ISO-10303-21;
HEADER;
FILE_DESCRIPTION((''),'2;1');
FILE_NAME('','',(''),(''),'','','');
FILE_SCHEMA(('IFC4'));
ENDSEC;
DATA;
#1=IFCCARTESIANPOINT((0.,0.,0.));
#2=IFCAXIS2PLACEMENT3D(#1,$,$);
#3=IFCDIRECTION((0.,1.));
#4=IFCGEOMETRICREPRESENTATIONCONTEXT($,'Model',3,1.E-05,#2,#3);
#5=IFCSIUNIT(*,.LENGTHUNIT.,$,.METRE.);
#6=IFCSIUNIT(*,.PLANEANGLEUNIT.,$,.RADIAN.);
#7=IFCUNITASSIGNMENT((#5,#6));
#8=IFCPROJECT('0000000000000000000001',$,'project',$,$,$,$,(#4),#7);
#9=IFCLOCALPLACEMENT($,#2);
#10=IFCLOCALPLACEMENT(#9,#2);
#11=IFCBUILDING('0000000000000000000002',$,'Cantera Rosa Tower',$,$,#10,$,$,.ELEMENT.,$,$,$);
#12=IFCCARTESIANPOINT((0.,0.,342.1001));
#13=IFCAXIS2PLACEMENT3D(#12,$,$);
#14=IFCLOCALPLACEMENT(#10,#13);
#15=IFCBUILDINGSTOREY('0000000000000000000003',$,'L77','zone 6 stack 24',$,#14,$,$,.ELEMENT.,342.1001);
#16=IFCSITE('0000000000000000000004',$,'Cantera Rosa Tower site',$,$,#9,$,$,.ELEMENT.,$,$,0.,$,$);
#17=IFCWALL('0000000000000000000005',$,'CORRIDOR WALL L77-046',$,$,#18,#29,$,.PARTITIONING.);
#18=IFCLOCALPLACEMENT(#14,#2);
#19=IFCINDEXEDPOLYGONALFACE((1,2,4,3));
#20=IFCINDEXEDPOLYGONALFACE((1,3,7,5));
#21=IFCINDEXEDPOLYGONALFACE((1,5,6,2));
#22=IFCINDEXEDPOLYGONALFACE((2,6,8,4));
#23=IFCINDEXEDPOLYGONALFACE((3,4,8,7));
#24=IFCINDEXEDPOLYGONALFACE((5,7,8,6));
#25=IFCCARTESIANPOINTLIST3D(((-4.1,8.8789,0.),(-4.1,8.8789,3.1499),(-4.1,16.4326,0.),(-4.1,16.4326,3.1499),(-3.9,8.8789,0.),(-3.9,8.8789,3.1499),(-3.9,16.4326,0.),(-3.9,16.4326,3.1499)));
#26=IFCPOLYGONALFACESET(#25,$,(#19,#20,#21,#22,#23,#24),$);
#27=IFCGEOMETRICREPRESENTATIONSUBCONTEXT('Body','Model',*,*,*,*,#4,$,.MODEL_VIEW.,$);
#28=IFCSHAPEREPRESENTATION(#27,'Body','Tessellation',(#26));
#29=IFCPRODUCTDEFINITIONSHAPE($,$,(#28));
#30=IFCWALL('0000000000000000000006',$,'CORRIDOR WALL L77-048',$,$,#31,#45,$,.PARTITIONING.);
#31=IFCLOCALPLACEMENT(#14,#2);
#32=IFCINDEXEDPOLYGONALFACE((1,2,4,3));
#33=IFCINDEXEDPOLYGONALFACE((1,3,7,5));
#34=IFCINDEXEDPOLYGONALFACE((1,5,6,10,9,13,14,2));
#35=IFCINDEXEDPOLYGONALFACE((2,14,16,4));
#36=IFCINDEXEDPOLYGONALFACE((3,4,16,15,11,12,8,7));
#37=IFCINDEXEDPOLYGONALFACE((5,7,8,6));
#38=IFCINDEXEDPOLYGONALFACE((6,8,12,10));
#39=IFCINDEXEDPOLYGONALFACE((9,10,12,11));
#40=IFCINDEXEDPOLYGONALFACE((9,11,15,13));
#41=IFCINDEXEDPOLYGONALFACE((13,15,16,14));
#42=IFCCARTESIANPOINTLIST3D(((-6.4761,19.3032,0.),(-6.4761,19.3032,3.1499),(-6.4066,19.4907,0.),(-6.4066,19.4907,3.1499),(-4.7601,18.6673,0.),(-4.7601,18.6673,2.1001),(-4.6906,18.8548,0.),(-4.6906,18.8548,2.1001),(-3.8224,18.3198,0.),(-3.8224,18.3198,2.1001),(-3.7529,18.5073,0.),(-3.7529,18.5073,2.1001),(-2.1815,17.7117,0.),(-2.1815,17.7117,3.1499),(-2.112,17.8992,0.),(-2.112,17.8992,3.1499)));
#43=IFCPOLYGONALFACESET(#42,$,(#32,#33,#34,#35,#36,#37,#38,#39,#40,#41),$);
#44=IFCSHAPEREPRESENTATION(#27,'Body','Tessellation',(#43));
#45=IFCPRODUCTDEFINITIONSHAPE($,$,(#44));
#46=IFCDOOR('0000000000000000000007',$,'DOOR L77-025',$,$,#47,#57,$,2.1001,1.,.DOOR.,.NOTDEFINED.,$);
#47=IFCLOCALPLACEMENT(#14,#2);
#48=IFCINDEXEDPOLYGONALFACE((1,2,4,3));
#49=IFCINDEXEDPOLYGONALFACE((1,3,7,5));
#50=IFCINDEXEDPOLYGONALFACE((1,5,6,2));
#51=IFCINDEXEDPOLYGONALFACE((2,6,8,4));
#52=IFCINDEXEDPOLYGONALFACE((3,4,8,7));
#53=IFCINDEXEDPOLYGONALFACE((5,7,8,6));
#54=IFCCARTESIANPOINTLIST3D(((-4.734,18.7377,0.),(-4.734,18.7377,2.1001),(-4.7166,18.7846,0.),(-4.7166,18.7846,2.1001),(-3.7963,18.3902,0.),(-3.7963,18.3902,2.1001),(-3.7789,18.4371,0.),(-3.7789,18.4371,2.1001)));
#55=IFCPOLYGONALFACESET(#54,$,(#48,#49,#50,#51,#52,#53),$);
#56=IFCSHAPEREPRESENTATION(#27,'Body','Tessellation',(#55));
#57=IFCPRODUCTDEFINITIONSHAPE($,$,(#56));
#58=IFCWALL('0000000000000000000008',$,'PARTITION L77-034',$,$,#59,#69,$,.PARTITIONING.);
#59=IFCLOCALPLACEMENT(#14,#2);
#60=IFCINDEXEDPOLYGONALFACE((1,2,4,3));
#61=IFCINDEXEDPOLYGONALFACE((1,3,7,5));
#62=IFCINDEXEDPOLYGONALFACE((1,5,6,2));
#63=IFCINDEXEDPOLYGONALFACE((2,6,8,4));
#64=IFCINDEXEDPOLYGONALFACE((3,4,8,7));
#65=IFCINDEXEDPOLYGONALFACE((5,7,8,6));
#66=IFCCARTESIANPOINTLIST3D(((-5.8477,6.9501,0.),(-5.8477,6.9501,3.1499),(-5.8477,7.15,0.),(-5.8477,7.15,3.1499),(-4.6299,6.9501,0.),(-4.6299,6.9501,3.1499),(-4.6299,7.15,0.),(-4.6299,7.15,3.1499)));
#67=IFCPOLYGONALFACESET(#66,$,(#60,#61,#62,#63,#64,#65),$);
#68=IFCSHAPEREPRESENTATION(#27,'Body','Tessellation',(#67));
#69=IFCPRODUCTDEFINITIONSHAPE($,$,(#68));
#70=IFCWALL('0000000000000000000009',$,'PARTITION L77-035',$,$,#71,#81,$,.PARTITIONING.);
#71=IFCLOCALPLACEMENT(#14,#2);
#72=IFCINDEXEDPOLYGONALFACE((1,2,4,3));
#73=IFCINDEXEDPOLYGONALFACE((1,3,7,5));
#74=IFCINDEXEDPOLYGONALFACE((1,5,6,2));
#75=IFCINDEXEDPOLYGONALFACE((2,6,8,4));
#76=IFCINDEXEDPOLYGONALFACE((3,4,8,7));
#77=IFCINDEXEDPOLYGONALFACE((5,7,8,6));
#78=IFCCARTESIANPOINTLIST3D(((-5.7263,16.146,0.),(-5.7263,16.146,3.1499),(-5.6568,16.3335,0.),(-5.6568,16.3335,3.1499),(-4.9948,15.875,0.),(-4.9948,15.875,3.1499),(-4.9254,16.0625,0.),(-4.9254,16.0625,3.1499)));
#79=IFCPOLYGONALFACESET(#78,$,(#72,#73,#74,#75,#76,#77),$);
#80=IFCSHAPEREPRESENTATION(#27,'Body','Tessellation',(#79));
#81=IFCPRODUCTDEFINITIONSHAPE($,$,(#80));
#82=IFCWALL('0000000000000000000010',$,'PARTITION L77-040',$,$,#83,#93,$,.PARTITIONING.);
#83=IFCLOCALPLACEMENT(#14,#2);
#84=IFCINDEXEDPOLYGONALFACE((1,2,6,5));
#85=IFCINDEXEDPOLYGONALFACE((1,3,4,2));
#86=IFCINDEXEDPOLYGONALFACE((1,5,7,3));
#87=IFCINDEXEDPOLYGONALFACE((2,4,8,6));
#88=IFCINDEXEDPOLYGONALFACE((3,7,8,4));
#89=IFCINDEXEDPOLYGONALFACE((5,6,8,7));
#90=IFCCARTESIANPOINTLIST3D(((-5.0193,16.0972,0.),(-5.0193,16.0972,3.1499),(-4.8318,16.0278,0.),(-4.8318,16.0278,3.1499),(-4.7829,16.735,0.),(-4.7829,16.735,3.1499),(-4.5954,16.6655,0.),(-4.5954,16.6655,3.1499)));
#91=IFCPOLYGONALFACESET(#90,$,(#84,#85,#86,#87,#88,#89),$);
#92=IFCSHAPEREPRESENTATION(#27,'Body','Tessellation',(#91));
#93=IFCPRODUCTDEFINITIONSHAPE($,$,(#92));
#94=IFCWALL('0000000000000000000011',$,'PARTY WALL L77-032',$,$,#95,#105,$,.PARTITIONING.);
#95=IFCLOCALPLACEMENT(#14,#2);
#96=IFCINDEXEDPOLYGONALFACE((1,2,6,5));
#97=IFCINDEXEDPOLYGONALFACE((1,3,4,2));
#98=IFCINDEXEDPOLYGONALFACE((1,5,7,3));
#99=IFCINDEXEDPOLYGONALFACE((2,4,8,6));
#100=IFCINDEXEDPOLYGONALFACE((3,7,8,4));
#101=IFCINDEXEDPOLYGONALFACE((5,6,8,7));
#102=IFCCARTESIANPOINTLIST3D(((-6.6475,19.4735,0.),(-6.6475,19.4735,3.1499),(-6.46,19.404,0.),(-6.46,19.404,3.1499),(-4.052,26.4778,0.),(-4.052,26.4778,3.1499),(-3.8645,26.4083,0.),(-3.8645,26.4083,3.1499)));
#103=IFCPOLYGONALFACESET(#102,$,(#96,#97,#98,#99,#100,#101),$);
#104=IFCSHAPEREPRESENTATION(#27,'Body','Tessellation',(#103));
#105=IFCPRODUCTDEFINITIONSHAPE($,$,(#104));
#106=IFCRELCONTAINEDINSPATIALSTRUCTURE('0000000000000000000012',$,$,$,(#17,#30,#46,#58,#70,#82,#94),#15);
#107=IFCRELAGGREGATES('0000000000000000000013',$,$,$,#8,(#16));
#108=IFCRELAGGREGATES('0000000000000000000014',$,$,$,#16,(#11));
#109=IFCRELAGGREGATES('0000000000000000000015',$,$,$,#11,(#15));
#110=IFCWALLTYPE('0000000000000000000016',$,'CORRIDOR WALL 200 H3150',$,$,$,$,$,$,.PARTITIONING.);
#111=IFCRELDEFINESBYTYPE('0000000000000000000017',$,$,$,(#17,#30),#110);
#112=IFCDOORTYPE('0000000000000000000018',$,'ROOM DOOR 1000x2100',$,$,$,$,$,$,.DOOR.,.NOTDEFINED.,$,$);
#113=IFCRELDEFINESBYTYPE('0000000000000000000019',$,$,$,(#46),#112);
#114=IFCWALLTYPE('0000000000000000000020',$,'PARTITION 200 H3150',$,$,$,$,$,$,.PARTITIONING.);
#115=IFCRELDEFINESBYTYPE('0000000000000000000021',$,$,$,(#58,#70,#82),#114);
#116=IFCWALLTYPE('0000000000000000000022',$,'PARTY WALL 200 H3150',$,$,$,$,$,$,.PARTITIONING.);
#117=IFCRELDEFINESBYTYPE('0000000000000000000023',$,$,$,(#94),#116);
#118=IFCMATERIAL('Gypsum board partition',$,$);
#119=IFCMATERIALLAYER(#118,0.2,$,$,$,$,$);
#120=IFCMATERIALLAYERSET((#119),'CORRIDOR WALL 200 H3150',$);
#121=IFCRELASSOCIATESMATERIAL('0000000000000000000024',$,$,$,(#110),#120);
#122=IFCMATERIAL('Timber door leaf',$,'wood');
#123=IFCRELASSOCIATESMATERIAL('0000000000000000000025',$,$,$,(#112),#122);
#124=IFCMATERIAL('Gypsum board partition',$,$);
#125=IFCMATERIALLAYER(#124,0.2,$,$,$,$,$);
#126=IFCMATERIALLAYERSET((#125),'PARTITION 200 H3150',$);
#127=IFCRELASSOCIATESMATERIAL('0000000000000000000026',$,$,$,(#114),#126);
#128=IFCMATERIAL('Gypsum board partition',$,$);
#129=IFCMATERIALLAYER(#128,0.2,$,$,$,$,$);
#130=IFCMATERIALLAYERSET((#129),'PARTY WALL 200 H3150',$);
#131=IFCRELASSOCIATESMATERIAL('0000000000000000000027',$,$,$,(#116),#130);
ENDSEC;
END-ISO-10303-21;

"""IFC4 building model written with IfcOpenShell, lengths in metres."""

from ifc_helpers import new_model, si_unit, direction, frame, frame_2d, origin, place, context, subcontext, project, spatial, rectangle, extrude, material, layer, layer_set, type_object, element, fill, save


model = new_model("IFC4")

# Units and contexts
model_context = context("Model", 3, precision=1e-05, world=origin(), true_north=direction((0.0, 1.0)))
body_context = subcontext(model_context, "Body", "Model", "MODEL_VIEW")
ifc_project = project(units=[si_unit("LENGTHUNIT", "METRE"), si_unit("PLANEANGLEUNIT", "RADIAN")], contexts=[model_context])

# Site, building, storey
site_placement = place(None, origin())
site = spatial("IfcSite", under=ifc_project, at=site_placement, Name="Cantera Rosa Tower site", CompositionType="ELEMENT", RefElevation=0.0)
building_placement = place(site_placement, origin())
building = spatial("IfcBuilding", under=site, at=building_placement, Name="Cantera Rosa Tower", CompositionType="ELEMENT")
storey_placement = place(building_placement, frame((0.0, 0.0, 342.1001)))
storey = spatial("IfcBuildingStorey", under=building, at=storey_placement, Name="L77", Description="zone 6 stack 24", CompositionType="ELEMENT", Elevation=342.1001)

# Shared definitions
ifc_material_1 = material(Name="Gypsum board partition")
ifc_layer_1 = layer(ifc_material_1, 0.2)
ifc_layer_set_1 = layer_set([ifc_layer_1], Name="CORRIDOR WALL 200 H3150")
wall_type_1 = type_object("IfcWallType", Name="CORRIDOR WALL 200 H3150", PredefinedType="PARTITIONING", material=ifc_layer_set_1)
ifc_material_2 = material(Name="Timber door leaf", Category="wood")
door_type_1 = type_object("IfcDoorType", Name="ROOM DOOR 1000x2100", OperationType="NOTDEFINED", PredefinedType="DOOR", material=ifc_material_2)

# Wall
wall_1_placement = place(storey_placement, frame((-4.0, 16.4326, 0.0), z_axis=(0.0, 0.0, 1.0), x_axis=(0.0, -1.0, 0.0)))
element("IfcWall", 1, at=wall_1_placement, inside=storey, type_object=wall_type_1, Name="CORRIDOR WALL L77-046", PredefinedType="PARTITIONING", context=body_context, shape_type="SweptSolid", body=[
    extrude(rectangle(XDim=7.5537, YDim=0.2, at=frame_2d((3.7769, 0.0))), origin(), (0.0, 0.0, 1.0), 3.1499),
])

# Wall, opening, door
wall_2_placement = place(storey_placement, frame((-2.1467, 17.8054, 0.0), z_axis=(0.0, 0.0, 1.0), x_axis=(-0.937683, 0.347493, 0.0)))
wall_2 = element("IfcWall", 2, at=wall_2_placement, inside=storey, type_object=wall_type_1, Name="CORRIDOR WALL L77-048", PredefinedType="PARTITIONING", context=body_context, shape_type="SweptSolid", body=[
    extrude(rectangle(XDim=4.5801, YDim=0.2, at=frame_2d((2.29, 0.0))), origin(), (0.0, 0.0, 1.0), 3.1499),
])
opening_1_placement = place(wall_2_placement, frame((1.75, 0.0, 0.0)))
opening_1 = element("IfcOpeningElement", 3, at=opening_1_placement, cuts=wall_2, PredefinedType="OPENING", context=body_context, shape_type="SweptSolid", body=[
    extrude(rectangle(XDim=1.0, YDim=2.1001, at=frame_2d((0.5, 1.05))), frame((0.0, 0.1099, 0.0), z_axis=(0.0, -1.0, 0.0), x_axis=(1.0, 0.0, 0.0)), (0.0, 0.0, 1.0), 0.22),
])
door_1_placement = place(opening_1_placement, origin())
door_1 = element("IfcDoor", 4, at=door_1_placement, inside=storey, type_object=door_type_1, Name="DOOR L77-025", OperationType="NOTDEFINED", OverallHeight=2.1001, OverallWidth=1.0, PredefinedType="DOOR", context=body_context, shape_type="SweptSolid", body=[
    extrude(rectangle(XDim=1.0, YDim=2.1001, at=frame_2d((0.5, 1.05))), frame((0.0, 0.0249, 0.0), z_axis=(0.0, -1.0, 0.0), x_axis=(1.0, 0.0, 0.0)), (0.0, 0.0, 1.0), 0.05),
])
fill(opening_1, door_1)

# Walls
ifc_material_3 = material(Name="Gypsum board partition")
ifc_layer_2 = layer(ifc_material_3, 0.2)
ifc_layer_set_2 = layer_set([ifc_layer_2], Name="PARTITION 200 H3150")
wall_type_2 = type_object("IfcWallType", Name="PARTITION 200 H3150", PredefinedType="PARTITIONING", material=ifc_layer_set_2)
wall_3_placement = place(storey_placement, frame((-5.8477, 7.05, 0.0), z_axis=(0.0, 0.0, 1.0), x_axis=(1.0, 0.0, 0.0)))
element("IfcWall", 5, at=wall_3_placement, inside=storey, type_object=wall_type_2, Name="PARTITION L77-034", PredefinedType="PARTITIONING", context=body_context, shape_type="SweptSolid", body=[
    extrude(rectangle(XDim=1.2178, YDim=0.2, at=frame_2d((0.6089, 0.0))), origin(), (0.0, 0.0, 1.0), 3.1499),
])
wall_4_placement = place(storey_placement, frame((-5.6917, 16.2397, 0.0), z_axis=(0.0, 0.0, 1.0), x_axis=(0.937711, -0.347416, 0.0)))
element("IfcWall", 6, at=wall_4_placement, inside=storey, type_object=wall_type_2, Name="PARTITION L77-035", PredefinedType="PARTITIONING", context=body_context, shape_type="SweptSolid", body=[
    extrude(rectangle(XDim=0.78, YDim=0.2, at=frame_2d((0.3901, 0.0))), origin(), (0.0, 0.0, 1.0), 3.1499),
])
wall_5_placement = place(storey_placement, frame((-4.9255, 16.0625, 0.0), z_axis=(0.0, 0.0, 1.0), x_axis=(0.347501, 0.937679, 0.0)))
element("IfcWall", 7, at=wall_5_placement, inside=storey, type_object=wall_type_2, Name="PARTITION L77-040", PredefinedType="PARTITIONING", context=body_context, shape_type="SweptSolid", body=[
    extrude(rectangle(XDim=0.6802, YDim=0.2, at=frame_2d((0.3401, 0.0))), origin(), (0.0, 0.0, 1.0), 3.1499),
])
ifc_material_4 = material(Name="Gypsum board partition")
ifc_layer_3 = layer(ifc_material_4, 0.2)
ifc_layer_set_3 = layer_set([ifc_layer_3], Name="PARTY WALL 200 H3150")
wall_type_3 = type_object("IfcWallType", Name="PARTY WALL 200 H3150", PredefinedType="PARTITIONING", material=ifc_layer_set_3)
wall_6_placement = place(storey_placement, frame((-6.5537, 19.4387, 0.0), z_axis=(0.0, 0.0, 1.0), x_axis=(0.34746, 0.937695, 0.0)))
element("IfcWall", 8, at=wall_6_placement, inside=storey, type_object=wall_type_3, Name="PARTY WALL L77-032", PredefinedType="PARTITIONING", context=body_context, shape_type="SweptSolid", body=[
    extrude(rectangle(XDim=7.4697, YDim=0.2, at=frame_2d((3.7349, 0.0))), origin(), (0.0, 0.0, 1.0), 3.1499),
])

save(model, "model.ifc")
